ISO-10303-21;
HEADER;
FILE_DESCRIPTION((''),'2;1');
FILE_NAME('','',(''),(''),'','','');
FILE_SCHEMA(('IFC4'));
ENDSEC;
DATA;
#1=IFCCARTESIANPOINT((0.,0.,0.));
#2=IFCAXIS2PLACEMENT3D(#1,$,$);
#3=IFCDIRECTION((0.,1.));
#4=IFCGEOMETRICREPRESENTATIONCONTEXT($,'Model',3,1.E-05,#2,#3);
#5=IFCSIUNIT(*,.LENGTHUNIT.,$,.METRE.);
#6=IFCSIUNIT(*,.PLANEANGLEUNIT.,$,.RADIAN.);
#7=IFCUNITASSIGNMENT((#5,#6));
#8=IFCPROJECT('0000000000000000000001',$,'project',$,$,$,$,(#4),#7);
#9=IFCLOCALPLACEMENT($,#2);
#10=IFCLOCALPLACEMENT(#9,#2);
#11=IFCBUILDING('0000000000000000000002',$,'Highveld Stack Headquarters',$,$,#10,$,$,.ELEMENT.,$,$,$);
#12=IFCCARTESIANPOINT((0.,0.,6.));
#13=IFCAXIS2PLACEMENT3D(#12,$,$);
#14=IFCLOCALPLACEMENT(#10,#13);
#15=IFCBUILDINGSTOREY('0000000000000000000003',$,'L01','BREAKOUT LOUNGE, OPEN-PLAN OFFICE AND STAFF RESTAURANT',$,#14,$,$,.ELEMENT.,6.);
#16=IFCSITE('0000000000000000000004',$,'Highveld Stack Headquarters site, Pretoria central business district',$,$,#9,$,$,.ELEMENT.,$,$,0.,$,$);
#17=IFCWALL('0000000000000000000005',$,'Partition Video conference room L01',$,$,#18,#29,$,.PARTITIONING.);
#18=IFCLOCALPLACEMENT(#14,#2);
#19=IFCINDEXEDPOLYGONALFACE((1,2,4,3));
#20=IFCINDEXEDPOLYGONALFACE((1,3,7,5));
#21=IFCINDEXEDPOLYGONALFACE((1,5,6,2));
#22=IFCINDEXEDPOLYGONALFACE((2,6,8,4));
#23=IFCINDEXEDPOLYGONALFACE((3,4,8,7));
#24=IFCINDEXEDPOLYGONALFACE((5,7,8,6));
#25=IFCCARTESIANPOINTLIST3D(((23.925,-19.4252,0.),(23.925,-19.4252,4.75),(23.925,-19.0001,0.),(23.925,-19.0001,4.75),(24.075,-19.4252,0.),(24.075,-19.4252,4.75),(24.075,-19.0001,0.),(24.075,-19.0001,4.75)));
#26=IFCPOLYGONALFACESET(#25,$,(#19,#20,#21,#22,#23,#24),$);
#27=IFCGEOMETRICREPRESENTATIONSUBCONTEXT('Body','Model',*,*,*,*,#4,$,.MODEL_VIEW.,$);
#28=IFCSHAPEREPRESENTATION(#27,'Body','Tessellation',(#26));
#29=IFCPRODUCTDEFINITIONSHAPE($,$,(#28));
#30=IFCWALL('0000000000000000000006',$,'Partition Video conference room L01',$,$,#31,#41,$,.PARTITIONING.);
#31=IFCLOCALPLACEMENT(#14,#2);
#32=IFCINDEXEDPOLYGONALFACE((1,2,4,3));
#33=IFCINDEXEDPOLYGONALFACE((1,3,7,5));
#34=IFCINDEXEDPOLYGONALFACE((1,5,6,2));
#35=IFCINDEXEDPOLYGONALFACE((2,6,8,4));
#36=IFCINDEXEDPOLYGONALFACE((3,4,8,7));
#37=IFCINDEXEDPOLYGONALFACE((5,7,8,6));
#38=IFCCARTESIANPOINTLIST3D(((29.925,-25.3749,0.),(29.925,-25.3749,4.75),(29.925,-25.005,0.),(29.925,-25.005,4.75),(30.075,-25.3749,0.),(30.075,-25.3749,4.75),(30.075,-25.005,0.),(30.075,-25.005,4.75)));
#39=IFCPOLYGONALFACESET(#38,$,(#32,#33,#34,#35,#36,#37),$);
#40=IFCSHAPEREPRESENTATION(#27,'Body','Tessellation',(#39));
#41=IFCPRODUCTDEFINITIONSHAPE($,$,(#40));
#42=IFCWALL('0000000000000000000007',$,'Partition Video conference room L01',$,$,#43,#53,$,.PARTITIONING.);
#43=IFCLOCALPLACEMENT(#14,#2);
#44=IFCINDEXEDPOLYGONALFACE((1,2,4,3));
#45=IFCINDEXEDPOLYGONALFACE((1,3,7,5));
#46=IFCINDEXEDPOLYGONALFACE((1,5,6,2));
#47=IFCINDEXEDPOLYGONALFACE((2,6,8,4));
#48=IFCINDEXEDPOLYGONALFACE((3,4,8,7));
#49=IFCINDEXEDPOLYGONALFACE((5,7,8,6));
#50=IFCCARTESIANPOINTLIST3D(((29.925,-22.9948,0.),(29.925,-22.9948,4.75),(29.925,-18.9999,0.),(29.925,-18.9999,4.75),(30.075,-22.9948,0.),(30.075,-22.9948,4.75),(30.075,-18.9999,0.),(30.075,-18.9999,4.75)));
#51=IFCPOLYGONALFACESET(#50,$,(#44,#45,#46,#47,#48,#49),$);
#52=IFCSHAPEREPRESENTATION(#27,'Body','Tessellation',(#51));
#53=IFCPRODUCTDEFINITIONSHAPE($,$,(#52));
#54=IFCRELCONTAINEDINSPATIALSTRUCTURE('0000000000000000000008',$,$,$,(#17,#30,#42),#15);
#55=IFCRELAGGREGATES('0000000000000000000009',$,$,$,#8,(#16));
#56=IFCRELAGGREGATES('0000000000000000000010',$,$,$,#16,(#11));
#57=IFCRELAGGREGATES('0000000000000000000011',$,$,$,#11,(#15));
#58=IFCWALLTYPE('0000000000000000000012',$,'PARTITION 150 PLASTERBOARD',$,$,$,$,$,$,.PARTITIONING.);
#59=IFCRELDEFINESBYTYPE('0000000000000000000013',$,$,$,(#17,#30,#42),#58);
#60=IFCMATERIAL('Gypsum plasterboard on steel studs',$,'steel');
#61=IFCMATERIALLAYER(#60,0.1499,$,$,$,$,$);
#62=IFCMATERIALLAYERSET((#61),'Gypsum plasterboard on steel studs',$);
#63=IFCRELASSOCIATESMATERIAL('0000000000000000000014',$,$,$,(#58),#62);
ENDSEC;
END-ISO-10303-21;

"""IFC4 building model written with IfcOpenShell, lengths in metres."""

from ifc_helpers import new_model, si_unit, direction, frame, frame_2d, origin, place, context, subcontext, project, spatial, rectangle, extrude, material, layer, layer_set, type_object, element, save


model = new_model("IFC4")

# Units and contexts
model_context = context("Model", 3, precision=1e-05, world=origin(), true_north=direction((0.0, 1.0)))
body_context = subcontext(model_context, "Body", "Model", "MODEL_VIEW")
ifc_project = project(units=[si_unit("LENGTHUNIT", "METRE"), si_unit("PLANEANGLEUNIT", "RADIAN")], contexts=[model_context])

# Site, building, storey
site_placement = place(None, origin())
site = spatial("IfcSite", under=ifc_project, at=site_placement, Name="Highveld Stack Headquarters site, Pretoria central business district", CompositionType="ELEMENT", RefElevation=0.0)
building_placement = place(site_placement, origin())
building = spatial("IfcBuilding", under=site, at=building_placement, Name="Highveld Stack Headquarters", CompositionType="ELEMENT")
storey_placement = place(building_placement, frame((0.0, 0.0, 6.0)))
storey = spatial("IfcBuildingStorey", under=building, at=storey_placement, Name="L01", Description="BREAKOUT LOUNGE, OPEN-PLAN OFFICE AND STAFF RESTAURANT", CompositionType="ELEMENT", Elevation=6.0)

# Walls
ifc_material_1 = material(Name="Gypsum plasterboard on steel studs", Category="steel")
ifc_layer_1 = layer(ifc_material_1, 0.1499)
ifc_layer_set_1 = layer_set([ifc_layer_1], Name="Gypsum plasterboard on steel studs")
wall_type_1 = type_object("IfcWallType", Name="PARTITION 150 PLASTERBOARD", PredefinedType="PARTITIONING", material=ifc_layer_set_1)
wall_1_placement = place(storey_placement, frame((24.0, -19.425, 0.0), z_axis=(0.0, 0.0, 1.0), x_axis=(0.0, 1.0, 0.0)))
element("IfcWall", 1, at=wall_1_placement, inside=storey, type_object=wall_type_1, Name="Partition Video conference room L01", PredefinedType="PARTITIONING", context=body_context, shape_type="SweptSolid", body=[
    extrude(rectangle(XDim=0.425, YDim=0.1499, at=frame_2d((0.2124, 0.0))), origin(), (0.0, 0.0, 1.0), 4.75),
])
wall_2_placement = place(storey_placement, frame((30.0, -25.375, 0.0), z_axis=(0.0, 0.0, 1.0), x_axis=(0.0, 1.0, 0.0)))
element("IfcWall", 2, at=wall_2_placement, inside=storey, type_object=wall_type_1, Name="Partition Video conference room L01", PredefinedType="PARTITIONING", context=body_context, shape_type="SweptSolid", body=[
    extrude(rectangle(XDim=0.3699, YDim=0.1499, at=frame_2d((0.1851, 0.0))), origin(), (0.0, 0.0, 1.0), 4.75),
])
wall_3_placement = place(storey_placement, frame((30.0, -22.9949, 0.0), z_axis=(0.0, 0.0, 1.0), x_axis=(0.0, 1.0, 0.0)))
element("IfcWall", 3, at=wall_3_placement, inside=storey, type_object=wall_type_1, Name="Partition Video conference room L01", PredefinedType="PARTITIONING", context=body_context, shape_type="SweptSolid", body=[
    extrude(rectangle(XDim=3.9949, YDim=0.1499, at=frame_2d((1.9976, 0.0))), origin(), (0.0, 0.0, 1.0), 4.75),
])

save(model, "model.ifc")
